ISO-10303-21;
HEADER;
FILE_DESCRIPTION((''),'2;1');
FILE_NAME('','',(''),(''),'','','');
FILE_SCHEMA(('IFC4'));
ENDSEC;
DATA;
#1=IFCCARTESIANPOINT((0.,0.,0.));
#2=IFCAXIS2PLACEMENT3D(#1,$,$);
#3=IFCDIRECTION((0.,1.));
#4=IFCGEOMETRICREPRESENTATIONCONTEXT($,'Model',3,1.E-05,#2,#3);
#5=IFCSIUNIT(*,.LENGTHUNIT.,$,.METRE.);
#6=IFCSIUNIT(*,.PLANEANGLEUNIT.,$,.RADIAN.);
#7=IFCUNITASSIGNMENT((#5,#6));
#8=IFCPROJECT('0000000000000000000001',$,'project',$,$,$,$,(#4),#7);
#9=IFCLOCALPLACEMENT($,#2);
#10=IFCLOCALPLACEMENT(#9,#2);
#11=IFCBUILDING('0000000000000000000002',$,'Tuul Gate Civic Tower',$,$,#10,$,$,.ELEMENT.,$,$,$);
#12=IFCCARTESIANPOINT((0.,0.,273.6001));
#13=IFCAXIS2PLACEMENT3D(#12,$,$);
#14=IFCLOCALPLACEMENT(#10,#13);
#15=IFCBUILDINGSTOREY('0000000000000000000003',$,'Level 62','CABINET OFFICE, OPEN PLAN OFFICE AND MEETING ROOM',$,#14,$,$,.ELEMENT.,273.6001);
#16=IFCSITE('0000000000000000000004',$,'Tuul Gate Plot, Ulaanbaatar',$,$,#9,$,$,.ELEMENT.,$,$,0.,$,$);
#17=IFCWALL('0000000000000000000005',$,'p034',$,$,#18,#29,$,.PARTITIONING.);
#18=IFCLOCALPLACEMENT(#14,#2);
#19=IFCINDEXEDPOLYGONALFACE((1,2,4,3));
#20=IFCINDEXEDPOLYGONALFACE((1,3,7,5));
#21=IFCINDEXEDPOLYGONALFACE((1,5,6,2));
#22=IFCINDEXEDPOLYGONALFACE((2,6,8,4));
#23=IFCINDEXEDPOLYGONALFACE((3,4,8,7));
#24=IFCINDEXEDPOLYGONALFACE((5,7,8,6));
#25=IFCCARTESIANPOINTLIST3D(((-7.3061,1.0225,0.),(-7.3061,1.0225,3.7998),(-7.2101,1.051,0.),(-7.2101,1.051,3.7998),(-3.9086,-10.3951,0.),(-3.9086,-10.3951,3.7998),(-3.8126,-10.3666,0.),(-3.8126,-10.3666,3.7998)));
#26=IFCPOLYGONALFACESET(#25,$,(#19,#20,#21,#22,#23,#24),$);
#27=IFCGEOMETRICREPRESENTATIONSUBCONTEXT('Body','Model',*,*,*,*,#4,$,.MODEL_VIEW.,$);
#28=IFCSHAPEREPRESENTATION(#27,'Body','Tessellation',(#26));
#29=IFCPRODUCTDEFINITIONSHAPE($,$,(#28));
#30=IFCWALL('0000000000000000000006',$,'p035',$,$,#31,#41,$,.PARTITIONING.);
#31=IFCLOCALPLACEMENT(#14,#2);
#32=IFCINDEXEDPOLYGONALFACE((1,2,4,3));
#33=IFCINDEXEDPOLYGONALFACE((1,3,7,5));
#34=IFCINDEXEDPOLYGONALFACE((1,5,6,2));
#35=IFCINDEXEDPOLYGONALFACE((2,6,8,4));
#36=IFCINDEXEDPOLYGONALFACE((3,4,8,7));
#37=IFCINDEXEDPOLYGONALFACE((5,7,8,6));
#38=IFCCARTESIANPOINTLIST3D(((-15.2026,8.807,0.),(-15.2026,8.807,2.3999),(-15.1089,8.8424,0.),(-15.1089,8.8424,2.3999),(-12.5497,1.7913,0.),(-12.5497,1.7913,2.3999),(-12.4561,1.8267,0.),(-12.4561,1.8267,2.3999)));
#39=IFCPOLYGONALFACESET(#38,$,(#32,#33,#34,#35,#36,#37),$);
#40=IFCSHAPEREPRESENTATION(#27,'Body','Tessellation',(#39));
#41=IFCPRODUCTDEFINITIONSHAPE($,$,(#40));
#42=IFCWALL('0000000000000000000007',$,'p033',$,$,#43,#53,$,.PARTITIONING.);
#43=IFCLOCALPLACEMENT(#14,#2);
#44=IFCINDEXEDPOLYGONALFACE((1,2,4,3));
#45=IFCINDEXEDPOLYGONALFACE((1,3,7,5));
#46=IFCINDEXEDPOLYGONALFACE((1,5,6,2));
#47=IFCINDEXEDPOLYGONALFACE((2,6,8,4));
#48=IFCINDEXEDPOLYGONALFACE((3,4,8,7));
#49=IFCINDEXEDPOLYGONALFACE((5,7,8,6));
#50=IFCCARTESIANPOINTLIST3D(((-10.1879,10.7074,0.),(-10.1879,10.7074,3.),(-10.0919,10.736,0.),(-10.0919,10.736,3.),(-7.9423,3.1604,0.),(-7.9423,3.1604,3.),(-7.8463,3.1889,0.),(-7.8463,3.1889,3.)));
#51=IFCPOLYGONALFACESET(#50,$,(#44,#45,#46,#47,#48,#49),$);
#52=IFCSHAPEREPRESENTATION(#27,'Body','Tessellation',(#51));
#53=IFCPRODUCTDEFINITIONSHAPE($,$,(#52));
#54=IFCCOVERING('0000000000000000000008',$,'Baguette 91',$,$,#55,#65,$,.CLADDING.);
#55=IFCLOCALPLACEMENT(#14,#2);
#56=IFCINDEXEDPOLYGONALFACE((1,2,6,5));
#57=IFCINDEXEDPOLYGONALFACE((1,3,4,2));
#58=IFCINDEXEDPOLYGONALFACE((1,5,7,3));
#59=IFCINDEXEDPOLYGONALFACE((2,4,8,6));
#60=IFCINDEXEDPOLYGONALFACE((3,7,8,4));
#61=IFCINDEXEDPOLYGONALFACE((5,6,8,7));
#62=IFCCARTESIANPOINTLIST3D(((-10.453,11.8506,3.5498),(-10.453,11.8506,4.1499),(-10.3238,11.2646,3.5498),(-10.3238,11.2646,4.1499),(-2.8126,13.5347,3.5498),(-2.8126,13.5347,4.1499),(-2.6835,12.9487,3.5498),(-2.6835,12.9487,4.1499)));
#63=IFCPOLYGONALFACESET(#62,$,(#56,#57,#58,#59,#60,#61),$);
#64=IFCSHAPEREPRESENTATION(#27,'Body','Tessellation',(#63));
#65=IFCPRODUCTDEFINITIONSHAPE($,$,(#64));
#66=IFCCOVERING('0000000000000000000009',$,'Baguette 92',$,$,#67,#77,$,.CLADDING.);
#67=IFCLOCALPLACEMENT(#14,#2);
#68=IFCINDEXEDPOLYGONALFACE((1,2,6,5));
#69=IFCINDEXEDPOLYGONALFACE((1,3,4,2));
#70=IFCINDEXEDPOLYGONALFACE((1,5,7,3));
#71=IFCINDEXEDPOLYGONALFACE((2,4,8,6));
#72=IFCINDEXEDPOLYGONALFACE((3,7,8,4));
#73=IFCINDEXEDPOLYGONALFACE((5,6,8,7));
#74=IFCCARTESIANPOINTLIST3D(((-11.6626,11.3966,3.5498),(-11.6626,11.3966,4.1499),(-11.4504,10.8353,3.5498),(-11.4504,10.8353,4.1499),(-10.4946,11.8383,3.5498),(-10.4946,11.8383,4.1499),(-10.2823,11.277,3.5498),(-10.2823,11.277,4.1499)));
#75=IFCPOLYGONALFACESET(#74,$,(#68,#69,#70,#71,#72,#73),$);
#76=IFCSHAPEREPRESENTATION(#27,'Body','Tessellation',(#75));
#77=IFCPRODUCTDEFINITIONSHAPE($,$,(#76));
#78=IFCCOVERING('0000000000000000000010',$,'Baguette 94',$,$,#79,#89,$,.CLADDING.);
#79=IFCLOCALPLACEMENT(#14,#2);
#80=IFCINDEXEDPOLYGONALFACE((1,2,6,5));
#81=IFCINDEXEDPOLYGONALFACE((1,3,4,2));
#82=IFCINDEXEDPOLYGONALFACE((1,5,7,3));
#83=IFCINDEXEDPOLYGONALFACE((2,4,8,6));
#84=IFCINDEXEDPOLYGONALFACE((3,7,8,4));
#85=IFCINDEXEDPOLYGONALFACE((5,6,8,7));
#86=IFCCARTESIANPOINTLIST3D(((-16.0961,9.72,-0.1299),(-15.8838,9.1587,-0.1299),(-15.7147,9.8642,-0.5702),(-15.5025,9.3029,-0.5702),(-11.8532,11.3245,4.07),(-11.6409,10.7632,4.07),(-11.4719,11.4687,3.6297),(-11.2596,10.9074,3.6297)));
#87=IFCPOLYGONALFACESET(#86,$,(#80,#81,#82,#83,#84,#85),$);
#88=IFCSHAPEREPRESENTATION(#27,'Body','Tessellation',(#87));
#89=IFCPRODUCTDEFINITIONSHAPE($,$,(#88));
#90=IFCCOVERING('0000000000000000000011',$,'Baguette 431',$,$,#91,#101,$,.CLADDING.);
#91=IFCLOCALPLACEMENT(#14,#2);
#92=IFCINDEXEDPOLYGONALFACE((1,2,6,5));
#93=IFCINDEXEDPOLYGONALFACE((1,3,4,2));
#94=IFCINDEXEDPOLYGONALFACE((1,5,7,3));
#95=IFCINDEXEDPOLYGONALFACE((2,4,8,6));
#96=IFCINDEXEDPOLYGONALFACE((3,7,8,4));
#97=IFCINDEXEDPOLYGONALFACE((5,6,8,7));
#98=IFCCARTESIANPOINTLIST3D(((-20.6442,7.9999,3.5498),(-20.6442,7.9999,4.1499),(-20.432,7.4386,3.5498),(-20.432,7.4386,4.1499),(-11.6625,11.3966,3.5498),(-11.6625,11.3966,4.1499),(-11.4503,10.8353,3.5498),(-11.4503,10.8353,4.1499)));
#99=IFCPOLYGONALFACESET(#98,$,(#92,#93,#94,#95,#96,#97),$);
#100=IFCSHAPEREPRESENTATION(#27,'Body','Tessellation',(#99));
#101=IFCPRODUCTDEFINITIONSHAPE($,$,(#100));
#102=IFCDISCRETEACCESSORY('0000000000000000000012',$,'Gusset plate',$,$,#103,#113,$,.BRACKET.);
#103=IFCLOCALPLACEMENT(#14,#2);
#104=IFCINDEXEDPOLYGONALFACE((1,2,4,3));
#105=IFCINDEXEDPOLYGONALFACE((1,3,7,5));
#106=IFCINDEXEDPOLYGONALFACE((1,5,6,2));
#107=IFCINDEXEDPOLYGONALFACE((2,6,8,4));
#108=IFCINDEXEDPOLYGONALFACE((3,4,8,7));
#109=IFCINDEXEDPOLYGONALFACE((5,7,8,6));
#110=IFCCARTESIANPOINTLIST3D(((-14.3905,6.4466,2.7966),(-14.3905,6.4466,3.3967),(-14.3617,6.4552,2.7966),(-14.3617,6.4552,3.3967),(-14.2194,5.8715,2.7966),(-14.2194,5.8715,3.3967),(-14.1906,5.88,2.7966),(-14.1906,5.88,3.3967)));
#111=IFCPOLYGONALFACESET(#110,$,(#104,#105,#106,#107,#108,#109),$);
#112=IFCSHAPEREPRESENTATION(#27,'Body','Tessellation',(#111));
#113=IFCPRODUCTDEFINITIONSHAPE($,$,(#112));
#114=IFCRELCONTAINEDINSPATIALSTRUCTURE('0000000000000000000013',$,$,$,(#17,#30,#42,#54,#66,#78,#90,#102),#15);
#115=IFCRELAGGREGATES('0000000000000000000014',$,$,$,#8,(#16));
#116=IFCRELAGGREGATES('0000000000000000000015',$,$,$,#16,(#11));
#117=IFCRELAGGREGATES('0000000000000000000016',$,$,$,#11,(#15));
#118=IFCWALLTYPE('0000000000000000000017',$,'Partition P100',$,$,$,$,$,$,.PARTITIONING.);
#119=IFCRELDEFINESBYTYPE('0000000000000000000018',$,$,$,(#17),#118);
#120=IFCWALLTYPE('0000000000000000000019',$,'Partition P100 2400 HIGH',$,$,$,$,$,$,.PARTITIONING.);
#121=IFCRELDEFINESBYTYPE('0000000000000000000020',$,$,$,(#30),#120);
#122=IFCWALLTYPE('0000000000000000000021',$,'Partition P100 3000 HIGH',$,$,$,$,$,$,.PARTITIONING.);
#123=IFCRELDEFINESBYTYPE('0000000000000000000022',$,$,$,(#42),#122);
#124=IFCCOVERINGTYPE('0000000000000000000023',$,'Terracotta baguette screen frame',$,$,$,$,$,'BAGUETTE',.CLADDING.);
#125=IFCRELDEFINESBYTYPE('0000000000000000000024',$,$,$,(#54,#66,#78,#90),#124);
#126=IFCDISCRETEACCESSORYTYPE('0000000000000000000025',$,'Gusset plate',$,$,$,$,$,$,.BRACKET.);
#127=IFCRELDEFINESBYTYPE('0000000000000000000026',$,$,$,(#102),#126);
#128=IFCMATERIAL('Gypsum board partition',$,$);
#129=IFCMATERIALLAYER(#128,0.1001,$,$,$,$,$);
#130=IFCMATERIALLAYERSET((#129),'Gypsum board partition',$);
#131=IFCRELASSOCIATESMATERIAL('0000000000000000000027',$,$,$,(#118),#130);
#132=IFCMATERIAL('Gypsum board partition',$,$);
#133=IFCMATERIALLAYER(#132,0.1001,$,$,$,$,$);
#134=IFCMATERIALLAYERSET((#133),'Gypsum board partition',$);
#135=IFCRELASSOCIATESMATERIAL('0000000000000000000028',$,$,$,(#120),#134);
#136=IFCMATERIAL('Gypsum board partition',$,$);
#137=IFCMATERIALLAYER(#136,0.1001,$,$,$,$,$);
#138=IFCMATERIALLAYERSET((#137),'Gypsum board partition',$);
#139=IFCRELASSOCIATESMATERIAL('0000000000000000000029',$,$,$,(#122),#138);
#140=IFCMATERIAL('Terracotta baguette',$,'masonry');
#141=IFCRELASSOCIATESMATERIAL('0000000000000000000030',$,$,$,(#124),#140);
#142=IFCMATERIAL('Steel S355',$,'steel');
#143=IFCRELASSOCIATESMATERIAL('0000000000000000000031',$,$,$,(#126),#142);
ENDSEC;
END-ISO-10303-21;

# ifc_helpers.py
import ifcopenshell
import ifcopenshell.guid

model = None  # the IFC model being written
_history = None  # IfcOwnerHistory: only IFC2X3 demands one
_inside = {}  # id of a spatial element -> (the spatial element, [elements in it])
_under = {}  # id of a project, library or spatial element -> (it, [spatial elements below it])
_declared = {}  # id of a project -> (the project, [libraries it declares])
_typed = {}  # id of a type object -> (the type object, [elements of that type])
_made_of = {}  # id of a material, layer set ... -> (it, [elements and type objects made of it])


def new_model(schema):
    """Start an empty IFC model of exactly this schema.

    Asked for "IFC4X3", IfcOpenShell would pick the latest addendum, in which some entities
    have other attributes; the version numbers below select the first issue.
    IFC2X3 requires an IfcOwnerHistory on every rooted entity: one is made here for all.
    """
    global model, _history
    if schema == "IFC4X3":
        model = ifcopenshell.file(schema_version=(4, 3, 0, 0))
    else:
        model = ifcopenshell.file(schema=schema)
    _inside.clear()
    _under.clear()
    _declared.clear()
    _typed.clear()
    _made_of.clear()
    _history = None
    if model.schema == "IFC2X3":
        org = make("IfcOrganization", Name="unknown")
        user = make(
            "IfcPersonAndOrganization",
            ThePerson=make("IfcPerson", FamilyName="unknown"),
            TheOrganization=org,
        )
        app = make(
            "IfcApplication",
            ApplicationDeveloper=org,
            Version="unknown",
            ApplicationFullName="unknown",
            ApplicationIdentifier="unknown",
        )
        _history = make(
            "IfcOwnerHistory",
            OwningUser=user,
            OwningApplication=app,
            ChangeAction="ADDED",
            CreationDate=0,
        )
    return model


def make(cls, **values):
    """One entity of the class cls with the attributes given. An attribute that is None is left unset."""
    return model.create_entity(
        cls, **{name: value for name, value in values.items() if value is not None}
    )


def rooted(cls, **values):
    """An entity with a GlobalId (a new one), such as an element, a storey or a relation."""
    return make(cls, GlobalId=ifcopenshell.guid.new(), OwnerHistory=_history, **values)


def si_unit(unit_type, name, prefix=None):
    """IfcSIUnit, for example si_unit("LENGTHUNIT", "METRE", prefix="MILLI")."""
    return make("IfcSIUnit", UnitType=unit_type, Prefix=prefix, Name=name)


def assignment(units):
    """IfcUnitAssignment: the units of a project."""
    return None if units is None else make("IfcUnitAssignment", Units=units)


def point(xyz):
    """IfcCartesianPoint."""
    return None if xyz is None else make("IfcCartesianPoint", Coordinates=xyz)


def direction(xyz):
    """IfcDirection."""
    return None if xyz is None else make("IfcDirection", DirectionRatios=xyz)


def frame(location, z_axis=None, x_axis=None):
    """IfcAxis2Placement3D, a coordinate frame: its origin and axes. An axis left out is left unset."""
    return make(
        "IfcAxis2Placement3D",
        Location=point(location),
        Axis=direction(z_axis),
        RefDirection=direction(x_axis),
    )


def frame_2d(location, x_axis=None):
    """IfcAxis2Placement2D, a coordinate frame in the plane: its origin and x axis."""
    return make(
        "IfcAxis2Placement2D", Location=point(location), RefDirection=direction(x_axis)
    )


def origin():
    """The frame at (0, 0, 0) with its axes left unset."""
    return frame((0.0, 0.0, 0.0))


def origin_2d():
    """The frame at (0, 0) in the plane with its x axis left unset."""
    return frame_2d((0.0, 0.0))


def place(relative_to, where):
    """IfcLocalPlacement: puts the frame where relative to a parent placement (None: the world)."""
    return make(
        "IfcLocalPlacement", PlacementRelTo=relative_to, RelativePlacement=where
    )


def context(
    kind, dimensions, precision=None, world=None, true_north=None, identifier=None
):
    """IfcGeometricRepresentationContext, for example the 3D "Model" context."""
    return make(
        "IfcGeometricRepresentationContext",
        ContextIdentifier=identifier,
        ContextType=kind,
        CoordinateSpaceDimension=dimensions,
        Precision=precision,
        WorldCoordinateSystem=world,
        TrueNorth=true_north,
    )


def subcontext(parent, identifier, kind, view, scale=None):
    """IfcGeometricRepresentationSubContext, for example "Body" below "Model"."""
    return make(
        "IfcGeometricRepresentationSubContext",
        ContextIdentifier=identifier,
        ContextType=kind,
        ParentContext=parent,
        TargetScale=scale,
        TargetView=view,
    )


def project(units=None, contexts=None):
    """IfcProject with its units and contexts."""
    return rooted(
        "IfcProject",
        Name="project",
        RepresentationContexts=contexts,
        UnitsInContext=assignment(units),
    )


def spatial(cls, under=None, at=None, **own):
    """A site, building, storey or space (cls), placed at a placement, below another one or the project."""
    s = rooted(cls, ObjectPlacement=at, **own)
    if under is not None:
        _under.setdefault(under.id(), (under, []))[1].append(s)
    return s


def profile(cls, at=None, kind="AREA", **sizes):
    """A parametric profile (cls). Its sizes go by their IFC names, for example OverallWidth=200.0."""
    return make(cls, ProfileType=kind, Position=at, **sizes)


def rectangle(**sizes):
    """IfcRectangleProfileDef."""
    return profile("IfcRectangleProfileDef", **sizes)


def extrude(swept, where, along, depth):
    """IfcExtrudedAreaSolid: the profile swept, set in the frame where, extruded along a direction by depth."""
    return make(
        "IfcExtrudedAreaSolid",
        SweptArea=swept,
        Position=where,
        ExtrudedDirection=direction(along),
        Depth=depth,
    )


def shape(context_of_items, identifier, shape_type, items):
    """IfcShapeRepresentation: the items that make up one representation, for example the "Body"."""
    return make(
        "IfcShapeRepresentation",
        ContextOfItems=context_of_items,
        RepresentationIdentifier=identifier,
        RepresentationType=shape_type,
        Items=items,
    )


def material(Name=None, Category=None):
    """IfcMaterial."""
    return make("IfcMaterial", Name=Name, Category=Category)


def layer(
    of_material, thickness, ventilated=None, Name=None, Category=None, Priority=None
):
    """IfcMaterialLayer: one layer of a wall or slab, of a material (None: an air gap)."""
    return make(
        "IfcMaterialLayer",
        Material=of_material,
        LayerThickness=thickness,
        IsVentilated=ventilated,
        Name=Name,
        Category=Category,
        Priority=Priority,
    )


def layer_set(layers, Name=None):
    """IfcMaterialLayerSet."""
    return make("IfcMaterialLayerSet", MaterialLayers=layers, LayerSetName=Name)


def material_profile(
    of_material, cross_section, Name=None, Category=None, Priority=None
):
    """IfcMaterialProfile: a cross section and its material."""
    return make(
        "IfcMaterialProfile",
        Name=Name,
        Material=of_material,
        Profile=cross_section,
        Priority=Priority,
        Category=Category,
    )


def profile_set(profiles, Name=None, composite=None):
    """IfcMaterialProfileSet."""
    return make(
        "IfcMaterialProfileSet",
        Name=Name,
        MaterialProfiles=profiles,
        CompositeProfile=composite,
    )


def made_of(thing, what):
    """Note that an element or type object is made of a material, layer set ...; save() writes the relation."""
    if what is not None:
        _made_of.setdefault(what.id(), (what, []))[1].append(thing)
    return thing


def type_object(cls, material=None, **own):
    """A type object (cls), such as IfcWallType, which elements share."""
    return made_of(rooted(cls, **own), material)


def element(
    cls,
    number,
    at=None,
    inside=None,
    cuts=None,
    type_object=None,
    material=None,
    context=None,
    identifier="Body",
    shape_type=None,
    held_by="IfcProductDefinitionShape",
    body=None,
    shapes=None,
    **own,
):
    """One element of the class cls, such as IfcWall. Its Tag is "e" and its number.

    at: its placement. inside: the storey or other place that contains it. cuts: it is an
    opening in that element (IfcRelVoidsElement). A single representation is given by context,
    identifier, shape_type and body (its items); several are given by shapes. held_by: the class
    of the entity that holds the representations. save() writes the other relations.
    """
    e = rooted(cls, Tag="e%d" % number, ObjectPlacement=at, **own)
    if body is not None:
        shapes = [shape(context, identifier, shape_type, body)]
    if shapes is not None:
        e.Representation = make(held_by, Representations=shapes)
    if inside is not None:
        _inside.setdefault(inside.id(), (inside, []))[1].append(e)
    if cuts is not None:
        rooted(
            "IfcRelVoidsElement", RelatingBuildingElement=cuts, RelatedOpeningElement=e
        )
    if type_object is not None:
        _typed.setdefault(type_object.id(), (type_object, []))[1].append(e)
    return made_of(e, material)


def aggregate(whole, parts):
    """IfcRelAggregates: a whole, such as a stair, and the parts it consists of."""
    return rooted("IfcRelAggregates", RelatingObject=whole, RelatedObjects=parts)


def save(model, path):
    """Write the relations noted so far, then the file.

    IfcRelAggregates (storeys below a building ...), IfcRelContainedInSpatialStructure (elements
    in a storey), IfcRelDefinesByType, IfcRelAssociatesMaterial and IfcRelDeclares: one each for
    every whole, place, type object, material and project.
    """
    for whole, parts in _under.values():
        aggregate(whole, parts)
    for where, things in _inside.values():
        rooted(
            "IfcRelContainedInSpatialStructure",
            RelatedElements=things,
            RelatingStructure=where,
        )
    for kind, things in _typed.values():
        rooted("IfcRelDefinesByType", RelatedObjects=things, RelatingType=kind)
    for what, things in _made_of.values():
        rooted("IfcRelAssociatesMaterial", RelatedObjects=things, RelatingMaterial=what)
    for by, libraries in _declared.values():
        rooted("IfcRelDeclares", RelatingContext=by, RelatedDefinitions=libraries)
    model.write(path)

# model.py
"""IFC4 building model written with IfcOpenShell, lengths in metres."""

from ifc_helpers import new_model, si_unit, direction, frame, frame_2d, origin, origin_2d, place, context, subcontext, project, spatial, rectangle, extrude, material, layer, layer_set, material_profile, profile_set, type_object, element, save


model = new_model("IFC4")

# Units and contexts
model_context = context("Model", 3, precision=1e-05, world=origin(), true_north=direction((0.0, 1.0)))
body_context = subcontext(model_context, "Body", "Model", "MODEL_VIEW")
ifc_project = project(units=[si_unit("LENGTHUNIT", "METRE"), si_unit("PLANEANGLEUNIT", "RADIAN")], contexts=[model_context])

# Site, building, storey
site_placement = place(None, origin())
site = spatial("IfcSite", under=ifc_project, at=site_placement, Name="Tuul Gate Plot, Ulaanbaatar", CompositionType="ELEMENT", RefElevation=0.0)
building_placement = place(site_placement, origin())
building = spatial("IfcBuilding", under=site, at=building_placement, Name="Tuul Gate Civic Tower", CompositionType="ELEMENT")
storey_placement = place(building_placement, frame((0.0, 0.0, 273.6001)))
storey = spatial("IfcBuildingStorey", under=building, at=storey_placement, Name="Level 62", Description="CABINET OFFICE, OPEN PLAN OFFICE AND MEETING ROOM", CompositionType="ELEMENT", Elevation=273.6001)

# Walls
ifc_material_1 = material(Name="Gypsum board partition")
ifc_layer_1 = layer(ifc_material_1, 0.1001)
ifc_layer_set_1 = layer_set([ifc_layer_1], Name="Gypsum board partition")
wall_type_1 = type_object("IfcWallType", Name="Partition P100", PredefinedType="PARTITIONING", material=ifc_layer_set_1)
wall_1_placement = place(storey_placement, frame((-7.2581, 1.0366, 0.0), z_axis=(0.0, 0.0, 1.0), x_axis=(0.285207, -0.958466, 0.0)))
element("IfcWall", 1, at=wall_1_placement, inside=storey, type_object=wall_type_1, Name="p034", PredefinedType="PARTITIONING", context=body_context, shape_type="SweptSolid", body=[
    extrude(rectangle(XDim=11.9124, YDim=0.1001, at=frame_2d((5.9561, 0.0))), origin(), (0.0, 0.0, 1.0), 3.7998),
])
ifc_material_2 = material(Name="Gypsum board partition")
ifc_layer_2 = layer(ifc_material_2, 0.1001)
ifc_layer_set_2 = layer_set([ifc_layer_2], Name="Gypsum board partition")
wall_type_2 = type_object("IfcWallType", Name="Partition P100 2400 HIGH", PredefinedType="PARTITIONING", material=ifc_layer_set_2)
wall_2_placement = place(storey_placement, frame((-15.1558, 8.8247, 0.0), z_axis=(0.0, 0.0, 1.0), x_axis=(0.35369, -0.935363, 0.0)))
element("IfcWall", 2, at=wall_2_placement, inside=storey, type_object=wall_type_2, Name="p035", PredefinedType="PARTITIONING", context=body_context, shape_type="SweptSolid", body=[
    extrude(rectangle(XDim=7.5005, YDim=0.1001, at=frame_2d((3.7502, 0.0))), origin(), (0.0, 0.0, 1.0), 2.3999),
])
ifc_material_3 = material(Name="Gypsum board partition")
ifc_layer_3 = layer(ifc_material_3, 0.1001)
ifc_layer_set_3 = layer_set([ifc_layer_3], Name="Gypsum board partition")
wall_type_3 = type_object("IfcWallType", Name="Partition P100 3000 HIGH", PredefinedType="PARTITIONING", material=ifc_layer_set_3)
wall_3_placement = place(storey_placement, frame((-10.1399, 10.7217, 0.0), z_axis=(0.0, 0.0, 1.0), x_axis=(0.285188, -0.958472, 0.0)))
element("IfcWall", 3, at=wall_3_placement, inside=storey, type_object=wall_type_3, Name="p033", PredefinedType="PARTITIONING", context=body_context, shape_type="SweptSolid", body=[
    extrude(rectangle(XDim=7.874, YDim=0.1001, at=frame_2d((3.937, 0.0))), origin(), (0.0, 0.0, 1.0), 3.0),
])

# Coverings
ifc_material_4 = material(Name="Terracotta baguette", Category="masonry")
ifc_material_profile_1 = material_profile(ifc_material_4, rectangle(XDim=0.6001, YDim=0.6001, at=origin_2d()), Name="Terracotta baguette screen frame")
ifc_profile_set_1 = profile_set([ifc_material_profile_1], Name="Terracotta baguette")
covering_type = type_object("IfcCoveringType", Name="Terracotta baguette screen frame", ElementType="BAGUETTE", PredefinedType="CLADDING", material=ifc_profile_set_1)
covering_1_placement = place(storey_placement, frame((-2.748, 13.2417, 3.8499), z_axis=(-0.976559, -0.215252, 0.0), x_axis=(0.215252, -0.976559, 0.0)))
element("IfcCovering", 4, at=covering_1_placement, inside=storey, type_object=covering_type, Name="Baguette 91", PredefinedType="CLADDING", context=body_context, shape_type="SweptSolid", body=[
    extrude(rectangle(XDim=0.6001, YDim=0.6001, at=origin_2d()), origin(), (0.0, 0.0, 1.0), 7.8237),
])
covering_2_placement = place(storey_placement, frame((-10.3884, 11.5576, 3.8499), z_axis=(-0.935361, -0.353693, 0.0), x_axis=(0.353693, -0.935361, 0.0)))
element("IfcCovering", 5, at=covering_2_placement, inside=storey, type_object=covering_type, Name="Baguette 92", PredefinedType="CLADDING", context=body_context, shape_type="SweptSolid", body=[
    extrude(rectangle(XDim=0.6001, YDim=0.6001, at=origin_2d()), origin(), (0.0, 0.0, 1.0), 1.2488),
])
covering_3_placement = place(storey_placement, frame((-11.5564, 11.116, 3.8499), z_axis=(-0.686341, -0.259545, -0.679391), x_axis=(0.353711, -0.935355, 0.0)))
element("IfcCovering", 6, at=covering_3_placement, inside=storey, type_object=covering_type, Name="Baguette 94", PredefinedType="CLADDING", context=body_context, shape_type="SweptSolid", body=[
    extrude(rectangle(XDim=0.6001, YDim=0.6001, at=origin_2d()), origin(), (0.0, 0.0, 1.0), 6.1819),
])
covering_4_placement = place(storey_placement, frame((-11.5564, 11.116, 3.8499), z_axis=(-0.935347, -0.353733, 0.0), x_axis=(0.353733, -0.935347, 0.0)))
element("IfcCovering", 7, at=covering_4_placement, inside=storey, type_object=covering_type, Name="Baguette 431", PredefinedType="CLADDING", context=body_context, shape_type="SweptSolid", body=[
    extrude(rectangle(XDim=0.6001, YDim=0.6001, at=origin_2d()), origin(), (0.0, 0.0, 1.0), 9.6025),
])

# Discrete accessory
ifc_material_5 = material(Name="Steel S355", Category="steel")
discrete_accessory_type = type_object("IfcDiscreteAccessoryType", Name="Gusset plate", PredefinedType="BRACKET", material=ifc_material_5)
discrete_accessory_placement = place(storey_placement, frame((-14.2905, 6.1633, 2.7966), z_axis=(0.0, 0.0, 1.0), x_axis=(0.285169, -0.958477, 0.0)))
element("IfcDiscreteAccessory", 8, at=discrete_accessory_placement, inside=storey, type_object=discrete_accessory_type, Name="Gusset plate", PredefinedType="BRACKET", context=body_context, shape_type="SweptSolid", body=[
    extrude(rectangle(XDim=0.6001, YDim=0.03, at=origin_2d()), origin(), (0.0, 0.0, 1.0), 0.6001),
])

save(model, "model.ifc")
